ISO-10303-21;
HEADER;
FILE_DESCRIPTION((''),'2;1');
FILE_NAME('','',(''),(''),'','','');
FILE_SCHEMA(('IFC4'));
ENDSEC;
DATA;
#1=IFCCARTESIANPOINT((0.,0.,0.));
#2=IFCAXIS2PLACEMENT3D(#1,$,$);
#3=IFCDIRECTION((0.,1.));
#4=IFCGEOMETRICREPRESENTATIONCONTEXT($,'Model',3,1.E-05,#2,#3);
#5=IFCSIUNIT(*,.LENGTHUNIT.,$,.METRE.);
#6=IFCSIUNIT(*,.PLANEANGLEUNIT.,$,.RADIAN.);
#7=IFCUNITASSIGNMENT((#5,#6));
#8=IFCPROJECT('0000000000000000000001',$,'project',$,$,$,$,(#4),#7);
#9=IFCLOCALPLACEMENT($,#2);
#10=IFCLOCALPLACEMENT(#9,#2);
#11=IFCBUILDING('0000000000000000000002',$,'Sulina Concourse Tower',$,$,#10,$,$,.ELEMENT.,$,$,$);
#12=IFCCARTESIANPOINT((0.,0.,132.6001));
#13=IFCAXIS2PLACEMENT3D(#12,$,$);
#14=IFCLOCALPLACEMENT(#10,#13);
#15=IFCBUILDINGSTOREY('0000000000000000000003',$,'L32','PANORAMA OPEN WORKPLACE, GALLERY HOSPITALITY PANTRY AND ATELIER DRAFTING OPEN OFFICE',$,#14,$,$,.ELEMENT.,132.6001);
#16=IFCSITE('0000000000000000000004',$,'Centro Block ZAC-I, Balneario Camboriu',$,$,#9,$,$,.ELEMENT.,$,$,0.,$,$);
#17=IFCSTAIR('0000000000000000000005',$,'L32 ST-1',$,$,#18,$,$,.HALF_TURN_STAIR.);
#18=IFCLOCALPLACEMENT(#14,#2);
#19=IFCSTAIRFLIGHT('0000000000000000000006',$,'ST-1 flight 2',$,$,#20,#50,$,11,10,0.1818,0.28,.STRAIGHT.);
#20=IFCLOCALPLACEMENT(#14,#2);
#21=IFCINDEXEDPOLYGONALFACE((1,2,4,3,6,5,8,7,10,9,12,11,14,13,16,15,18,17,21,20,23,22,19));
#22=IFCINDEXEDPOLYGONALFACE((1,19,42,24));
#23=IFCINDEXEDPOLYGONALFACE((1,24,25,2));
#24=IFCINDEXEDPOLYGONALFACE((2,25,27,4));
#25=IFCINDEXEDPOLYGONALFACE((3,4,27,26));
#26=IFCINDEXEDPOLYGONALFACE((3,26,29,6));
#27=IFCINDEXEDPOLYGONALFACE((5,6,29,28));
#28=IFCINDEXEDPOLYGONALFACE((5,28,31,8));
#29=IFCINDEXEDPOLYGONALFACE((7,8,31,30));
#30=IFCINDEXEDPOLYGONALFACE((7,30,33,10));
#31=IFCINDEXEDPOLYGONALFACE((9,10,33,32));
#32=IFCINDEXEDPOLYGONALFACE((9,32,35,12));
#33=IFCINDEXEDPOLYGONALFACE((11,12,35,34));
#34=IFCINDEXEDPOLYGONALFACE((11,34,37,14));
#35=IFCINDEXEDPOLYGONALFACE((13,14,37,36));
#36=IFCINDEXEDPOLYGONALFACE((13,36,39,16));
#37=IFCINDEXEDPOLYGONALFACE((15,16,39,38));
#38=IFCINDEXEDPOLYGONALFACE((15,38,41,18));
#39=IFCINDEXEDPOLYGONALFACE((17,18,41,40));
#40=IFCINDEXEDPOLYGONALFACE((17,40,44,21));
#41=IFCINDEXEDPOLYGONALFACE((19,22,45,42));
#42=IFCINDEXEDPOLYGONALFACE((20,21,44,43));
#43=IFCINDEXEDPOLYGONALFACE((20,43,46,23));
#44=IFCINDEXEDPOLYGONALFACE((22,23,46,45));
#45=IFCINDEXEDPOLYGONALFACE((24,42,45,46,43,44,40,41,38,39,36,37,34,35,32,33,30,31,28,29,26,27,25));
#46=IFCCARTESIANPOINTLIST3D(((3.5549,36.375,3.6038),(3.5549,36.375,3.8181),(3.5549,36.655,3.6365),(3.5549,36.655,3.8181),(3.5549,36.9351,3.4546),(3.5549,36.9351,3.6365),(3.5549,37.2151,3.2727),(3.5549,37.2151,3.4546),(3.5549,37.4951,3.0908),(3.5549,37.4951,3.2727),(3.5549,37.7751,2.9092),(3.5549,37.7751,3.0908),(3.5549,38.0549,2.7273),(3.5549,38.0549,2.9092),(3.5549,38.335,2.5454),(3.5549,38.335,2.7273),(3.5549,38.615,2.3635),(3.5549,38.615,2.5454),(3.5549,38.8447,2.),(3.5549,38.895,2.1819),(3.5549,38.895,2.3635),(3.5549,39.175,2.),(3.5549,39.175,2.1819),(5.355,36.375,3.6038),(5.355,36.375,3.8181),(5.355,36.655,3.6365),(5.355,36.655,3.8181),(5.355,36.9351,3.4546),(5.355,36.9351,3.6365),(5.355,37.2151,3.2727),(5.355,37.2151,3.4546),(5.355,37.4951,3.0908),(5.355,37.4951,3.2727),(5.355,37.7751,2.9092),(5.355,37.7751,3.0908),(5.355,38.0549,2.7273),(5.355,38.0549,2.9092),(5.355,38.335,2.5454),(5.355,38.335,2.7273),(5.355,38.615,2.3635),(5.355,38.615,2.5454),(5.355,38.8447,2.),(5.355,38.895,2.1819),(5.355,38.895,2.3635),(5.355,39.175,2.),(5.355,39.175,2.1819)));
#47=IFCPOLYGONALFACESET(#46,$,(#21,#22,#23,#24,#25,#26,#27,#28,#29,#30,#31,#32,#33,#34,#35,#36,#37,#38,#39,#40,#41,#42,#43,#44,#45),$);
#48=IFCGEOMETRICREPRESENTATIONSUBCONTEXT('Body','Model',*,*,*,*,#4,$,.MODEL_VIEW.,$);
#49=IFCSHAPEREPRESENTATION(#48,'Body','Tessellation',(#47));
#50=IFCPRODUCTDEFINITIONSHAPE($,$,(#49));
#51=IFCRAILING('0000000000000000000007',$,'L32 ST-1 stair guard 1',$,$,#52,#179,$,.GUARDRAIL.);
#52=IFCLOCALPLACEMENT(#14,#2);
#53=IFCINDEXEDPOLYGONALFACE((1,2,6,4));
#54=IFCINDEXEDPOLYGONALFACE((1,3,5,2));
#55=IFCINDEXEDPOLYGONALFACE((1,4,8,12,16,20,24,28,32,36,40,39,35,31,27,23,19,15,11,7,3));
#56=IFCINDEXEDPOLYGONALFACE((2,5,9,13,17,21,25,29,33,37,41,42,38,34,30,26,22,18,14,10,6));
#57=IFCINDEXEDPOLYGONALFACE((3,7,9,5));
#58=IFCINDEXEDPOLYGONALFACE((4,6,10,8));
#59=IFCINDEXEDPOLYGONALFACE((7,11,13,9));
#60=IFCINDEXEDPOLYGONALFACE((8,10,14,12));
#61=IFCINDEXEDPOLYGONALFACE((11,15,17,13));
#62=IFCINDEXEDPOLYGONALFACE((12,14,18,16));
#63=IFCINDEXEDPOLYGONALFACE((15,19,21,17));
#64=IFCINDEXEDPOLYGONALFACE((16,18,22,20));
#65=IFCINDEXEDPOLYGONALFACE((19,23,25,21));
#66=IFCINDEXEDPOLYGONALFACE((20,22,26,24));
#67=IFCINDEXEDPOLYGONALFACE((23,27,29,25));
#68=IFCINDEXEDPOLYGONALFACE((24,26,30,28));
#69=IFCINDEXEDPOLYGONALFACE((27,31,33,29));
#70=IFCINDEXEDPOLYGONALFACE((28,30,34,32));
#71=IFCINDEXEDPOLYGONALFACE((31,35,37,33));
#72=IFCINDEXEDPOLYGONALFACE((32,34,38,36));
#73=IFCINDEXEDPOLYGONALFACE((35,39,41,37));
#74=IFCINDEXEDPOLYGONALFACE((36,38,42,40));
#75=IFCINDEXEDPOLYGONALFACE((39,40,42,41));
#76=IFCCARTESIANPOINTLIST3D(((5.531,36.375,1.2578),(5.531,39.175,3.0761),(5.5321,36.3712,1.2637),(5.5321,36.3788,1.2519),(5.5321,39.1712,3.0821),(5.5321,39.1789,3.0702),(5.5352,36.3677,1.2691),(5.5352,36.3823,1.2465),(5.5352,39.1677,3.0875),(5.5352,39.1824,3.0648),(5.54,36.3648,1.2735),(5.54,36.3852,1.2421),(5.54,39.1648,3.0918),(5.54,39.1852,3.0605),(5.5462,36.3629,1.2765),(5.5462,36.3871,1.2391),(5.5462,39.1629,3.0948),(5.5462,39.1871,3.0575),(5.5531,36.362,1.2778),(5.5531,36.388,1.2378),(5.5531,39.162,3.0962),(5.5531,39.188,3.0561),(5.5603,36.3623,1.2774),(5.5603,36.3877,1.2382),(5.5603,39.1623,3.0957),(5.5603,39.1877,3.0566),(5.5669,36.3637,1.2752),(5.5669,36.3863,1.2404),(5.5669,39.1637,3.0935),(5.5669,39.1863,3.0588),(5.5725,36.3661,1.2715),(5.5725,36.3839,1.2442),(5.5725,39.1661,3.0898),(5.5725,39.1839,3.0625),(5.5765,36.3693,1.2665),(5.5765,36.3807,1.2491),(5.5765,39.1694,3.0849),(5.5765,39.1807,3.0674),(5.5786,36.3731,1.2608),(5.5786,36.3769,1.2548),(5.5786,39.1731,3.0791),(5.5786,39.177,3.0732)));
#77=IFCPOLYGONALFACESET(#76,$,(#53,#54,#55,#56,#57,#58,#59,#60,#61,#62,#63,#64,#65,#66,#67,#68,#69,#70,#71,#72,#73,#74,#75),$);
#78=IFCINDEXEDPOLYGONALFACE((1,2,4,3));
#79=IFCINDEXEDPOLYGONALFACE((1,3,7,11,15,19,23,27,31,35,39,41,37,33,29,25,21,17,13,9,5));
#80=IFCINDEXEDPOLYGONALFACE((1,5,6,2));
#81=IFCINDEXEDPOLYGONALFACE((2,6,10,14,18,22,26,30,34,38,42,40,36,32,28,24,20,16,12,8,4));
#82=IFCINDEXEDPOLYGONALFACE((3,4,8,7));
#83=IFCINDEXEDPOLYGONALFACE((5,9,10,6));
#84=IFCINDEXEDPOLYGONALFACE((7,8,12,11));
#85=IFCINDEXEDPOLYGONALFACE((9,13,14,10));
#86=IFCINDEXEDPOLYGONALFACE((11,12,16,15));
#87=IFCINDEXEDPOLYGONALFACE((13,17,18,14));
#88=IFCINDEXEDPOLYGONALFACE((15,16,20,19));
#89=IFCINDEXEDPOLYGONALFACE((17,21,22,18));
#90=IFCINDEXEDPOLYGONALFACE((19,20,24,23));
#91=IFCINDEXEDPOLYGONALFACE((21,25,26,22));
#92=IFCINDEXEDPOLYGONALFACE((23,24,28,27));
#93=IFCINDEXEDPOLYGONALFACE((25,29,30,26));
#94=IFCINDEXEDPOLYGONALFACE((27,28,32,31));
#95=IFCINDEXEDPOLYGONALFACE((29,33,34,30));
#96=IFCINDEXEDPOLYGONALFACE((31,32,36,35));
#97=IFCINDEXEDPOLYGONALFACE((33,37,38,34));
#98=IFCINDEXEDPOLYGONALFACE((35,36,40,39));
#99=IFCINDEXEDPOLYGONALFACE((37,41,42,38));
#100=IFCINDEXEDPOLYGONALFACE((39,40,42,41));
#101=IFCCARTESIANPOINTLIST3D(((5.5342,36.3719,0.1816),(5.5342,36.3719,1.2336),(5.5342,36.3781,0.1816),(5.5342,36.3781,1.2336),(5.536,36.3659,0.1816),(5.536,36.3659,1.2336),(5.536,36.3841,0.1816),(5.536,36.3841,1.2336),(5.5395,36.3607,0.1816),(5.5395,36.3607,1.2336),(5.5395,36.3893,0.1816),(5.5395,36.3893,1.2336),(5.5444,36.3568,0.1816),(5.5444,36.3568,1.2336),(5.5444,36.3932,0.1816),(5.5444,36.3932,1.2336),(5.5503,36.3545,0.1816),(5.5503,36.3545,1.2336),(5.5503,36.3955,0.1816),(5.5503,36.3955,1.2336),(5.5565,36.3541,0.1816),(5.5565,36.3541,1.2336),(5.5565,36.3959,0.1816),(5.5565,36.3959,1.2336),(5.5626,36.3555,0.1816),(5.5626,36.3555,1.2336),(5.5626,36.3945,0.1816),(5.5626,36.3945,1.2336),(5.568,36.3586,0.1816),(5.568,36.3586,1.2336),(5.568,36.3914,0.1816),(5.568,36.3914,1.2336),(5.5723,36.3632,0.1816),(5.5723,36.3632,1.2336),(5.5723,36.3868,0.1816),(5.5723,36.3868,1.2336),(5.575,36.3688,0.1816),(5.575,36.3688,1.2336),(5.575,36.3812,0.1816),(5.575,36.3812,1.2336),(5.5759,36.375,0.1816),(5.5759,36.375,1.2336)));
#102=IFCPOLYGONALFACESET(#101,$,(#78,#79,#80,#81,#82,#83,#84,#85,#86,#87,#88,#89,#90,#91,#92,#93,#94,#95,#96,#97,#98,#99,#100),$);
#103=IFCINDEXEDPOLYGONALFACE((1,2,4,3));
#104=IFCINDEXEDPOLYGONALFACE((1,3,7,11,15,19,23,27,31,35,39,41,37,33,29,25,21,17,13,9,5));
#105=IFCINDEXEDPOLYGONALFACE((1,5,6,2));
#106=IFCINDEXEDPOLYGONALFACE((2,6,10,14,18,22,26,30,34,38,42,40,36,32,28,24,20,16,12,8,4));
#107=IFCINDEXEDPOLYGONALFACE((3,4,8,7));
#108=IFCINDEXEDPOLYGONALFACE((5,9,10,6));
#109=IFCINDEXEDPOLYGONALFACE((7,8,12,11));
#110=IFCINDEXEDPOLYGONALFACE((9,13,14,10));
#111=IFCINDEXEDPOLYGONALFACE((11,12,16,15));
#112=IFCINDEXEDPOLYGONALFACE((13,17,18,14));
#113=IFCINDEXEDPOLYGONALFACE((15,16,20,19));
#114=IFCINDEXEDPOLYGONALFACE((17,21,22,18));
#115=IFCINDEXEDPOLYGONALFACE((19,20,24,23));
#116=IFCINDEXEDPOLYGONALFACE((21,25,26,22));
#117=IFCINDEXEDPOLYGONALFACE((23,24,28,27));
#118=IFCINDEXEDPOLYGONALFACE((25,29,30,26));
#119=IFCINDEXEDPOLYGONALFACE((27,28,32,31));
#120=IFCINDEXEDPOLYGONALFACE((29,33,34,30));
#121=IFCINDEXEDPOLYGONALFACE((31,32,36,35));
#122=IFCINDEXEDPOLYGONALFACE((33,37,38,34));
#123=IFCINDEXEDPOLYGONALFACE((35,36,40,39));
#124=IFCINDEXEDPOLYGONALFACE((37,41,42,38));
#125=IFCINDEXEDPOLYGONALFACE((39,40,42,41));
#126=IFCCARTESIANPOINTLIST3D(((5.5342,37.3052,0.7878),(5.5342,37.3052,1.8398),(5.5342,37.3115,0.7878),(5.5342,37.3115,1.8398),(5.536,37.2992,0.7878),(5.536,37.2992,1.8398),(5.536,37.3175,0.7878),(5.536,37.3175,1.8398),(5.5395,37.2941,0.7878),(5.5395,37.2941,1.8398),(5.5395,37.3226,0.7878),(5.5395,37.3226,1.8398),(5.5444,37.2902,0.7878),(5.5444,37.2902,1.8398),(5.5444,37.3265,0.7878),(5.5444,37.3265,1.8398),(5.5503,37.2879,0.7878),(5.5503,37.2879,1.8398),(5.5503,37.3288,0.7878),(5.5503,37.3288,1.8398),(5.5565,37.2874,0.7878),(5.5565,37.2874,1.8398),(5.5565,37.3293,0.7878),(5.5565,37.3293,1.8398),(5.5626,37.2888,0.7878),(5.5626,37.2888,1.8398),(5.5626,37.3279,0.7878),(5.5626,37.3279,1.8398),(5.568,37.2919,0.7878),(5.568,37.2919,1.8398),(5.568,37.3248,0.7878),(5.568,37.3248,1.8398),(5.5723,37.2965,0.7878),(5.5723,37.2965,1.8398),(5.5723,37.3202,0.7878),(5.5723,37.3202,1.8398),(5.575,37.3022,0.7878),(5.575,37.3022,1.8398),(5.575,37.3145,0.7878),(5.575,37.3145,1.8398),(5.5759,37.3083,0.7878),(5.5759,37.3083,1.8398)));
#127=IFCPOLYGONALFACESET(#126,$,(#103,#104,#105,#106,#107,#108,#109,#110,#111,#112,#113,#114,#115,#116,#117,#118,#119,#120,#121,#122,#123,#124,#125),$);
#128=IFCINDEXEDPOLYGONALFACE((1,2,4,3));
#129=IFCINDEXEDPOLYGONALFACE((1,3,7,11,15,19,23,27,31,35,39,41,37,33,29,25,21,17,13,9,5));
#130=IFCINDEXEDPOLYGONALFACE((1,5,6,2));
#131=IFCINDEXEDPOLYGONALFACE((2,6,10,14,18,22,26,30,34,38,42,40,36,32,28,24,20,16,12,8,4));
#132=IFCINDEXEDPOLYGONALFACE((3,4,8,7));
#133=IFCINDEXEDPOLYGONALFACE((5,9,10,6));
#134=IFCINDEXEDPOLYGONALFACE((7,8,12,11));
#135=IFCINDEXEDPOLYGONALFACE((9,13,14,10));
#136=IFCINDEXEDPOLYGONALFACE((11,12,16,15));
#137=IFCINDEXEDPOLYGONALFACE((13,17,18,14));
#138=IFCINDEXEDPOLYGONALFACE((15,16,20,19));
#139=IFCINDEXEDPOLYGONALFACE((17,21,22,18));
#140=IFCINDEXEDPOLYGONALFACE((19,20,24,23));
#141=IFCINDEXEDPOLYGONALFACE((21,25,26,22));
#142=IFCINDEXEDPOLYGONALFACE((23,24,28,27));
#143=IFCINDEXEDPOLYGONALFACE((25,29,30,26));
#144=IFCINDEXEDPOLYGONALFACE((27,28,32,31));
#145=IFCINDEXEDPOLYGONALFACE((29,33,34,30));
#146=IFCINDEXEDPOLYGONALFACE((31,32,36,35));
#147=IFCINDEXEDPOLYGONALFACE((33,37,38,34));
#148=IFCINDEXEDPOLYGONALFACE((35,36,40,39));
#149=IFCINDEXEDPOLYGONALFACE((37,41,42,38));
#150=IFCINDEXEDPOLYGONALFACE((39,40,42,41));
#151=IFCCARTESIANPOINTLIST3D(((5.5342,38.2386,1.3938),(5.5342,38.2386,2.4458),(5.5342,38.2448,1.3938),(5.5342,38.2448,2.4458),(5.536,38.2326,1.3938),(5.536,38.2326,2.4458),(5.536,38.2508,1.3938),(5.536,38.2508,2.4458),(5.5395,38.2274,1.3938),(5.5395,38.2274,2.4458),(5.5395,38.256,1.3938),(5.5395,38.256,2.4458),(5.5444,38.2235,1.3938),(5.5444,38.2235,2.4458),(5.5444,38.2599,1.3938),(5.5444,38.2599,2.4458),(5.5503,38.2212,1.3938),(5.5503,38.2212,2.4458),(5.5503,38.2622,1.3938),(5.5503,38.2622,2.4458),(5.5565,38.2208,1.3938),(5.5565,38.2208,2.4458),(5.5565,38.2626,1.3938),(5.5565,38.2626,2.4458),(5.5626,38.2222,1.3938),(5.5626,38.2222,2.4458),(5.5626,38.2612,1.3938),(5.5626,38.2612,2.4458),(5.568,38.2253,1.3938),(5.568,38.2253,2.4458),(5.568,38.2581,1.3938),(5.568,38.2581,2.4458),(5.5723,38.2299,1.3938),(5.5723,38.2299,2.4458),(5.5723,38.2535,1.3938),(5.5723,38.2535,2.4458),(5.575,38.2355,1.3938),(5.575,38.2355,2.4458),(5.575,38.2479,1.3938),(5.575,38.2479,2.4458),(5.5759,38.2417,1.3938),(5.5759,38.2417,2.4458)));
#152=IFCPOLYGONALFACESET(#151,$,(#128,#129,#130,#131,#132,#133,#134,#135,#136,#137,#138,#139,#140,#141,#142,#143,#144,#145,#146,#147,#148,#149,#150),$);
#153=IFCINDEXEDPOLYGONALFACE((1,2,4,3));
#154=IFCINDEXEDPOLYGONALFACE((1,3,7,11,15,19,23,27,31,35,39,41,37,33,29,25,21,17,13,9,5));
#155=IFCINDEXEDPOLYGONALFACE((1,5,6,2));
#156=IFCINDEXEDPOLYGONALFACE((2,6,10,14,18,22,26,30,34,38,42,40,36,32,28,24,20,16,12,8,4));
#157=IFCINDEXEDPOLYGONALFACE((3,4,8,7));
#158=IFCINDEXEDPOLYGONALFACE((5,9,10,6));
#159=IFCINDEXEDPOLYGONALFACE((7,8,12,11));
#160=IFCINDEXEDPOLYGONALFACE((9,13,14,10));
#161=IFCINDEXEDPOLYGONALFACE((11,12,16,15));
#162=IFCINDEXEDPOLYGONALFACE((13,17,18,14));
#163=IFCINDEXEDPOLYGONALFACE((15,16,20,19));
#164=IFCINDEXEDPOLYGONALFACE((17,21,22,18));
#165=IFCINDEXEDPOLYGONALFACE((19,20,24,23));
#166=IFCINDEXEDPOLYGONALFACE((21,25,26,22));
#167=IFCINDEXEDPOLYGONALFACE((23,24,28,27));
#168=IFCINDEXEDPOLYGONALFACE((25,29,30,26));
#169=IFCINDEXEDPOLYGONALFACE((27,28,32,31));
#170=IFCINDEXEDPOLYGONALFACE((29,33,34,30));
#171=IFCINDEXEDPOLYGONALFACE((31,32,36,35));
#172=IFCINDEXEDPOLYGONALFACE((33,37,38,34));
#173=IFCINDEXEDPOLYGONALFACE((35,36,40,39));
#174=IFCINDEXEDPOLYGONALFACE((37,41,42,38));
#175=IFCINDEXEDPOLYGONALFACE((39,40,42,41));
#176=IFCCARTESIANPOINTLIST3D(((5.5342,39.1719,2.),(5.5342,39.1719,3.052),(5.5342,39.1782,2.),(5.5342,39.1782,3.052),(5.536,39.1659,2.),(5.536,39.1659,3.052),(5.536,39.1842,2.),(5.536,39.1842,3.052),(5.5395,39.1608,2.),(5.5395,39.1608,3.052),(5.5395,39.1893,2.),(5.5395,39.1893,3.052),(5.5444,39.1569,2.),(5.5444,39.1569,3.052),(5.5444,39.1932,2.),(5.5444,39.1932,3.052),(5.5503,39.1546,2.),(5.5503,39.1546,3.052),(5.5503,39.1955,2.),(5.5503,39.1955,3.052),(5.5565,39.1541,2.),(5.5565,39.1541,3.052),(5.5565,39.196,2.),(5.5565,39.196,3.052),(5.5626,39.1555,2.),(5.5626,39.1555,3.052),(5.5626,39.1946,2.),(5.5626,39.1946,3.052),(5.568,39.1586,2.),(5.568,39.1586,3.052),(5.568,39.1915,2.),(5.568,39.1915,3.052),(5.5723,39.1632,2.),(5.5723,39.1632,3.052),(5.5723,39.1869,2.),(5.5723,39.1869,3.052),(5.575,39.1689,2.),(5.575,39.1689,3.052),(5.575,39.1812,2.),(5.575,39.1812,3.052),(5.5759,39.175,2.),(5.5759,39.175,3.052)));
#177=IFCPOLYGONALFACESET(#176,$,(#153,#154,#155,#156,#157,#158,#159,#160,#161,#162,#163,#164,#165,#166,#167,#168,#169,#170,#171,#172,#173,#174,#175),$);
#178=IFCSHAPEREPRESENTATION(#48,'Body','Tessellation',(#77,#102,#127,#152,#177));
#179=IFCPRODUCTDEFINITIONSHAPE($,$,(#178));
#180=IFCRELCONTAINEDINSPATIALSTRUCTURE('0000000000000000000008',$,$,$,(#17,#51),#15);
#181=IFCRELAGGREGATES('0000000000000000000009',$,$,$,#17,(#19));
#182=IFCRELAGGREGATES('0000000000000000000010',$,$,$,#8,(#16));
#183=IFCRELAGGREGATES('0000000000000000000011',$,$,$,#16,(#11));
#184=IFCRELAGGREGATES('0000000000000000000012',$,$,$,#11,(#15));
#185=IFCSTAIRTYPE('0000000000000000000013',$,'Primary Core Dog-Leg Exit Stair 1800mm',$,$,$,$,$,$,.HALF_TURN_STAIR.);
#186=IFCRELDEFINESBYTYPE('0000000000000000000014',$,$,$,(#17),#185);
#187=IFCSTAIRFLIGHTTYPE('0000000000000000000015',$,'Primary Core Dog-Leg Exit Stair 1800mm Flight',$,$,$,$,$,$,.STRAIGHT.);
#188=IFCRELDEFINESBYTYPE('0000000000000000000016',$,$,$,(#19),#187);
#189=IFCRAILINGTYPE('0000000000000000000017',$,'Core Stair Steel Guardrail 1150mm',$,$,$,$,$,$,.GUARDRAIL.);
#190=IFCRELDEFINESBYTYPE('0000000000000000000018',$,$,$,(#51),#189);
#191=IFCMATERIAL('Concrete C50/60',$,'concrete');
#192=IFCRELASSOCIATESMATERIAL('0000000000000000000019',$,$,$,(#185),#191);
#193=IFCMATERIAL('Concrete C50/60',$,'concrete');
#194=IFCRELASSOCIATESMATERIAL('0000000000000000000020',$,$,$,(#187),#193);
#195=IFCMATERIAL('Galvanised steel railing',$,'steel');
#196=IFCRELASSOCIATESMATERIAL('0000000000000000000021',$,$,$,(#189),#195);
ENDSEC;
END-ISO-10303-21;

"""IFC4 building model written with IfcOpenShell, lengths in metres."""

from ifc_helpers import new_model, si_unit, direction, frame, origin, origin_2d, place, context, subcontext, project, spatial, polyline, circle, outline, extrude, material, type_object, element, aggregate, save


model = new_model("IFC4")

# Units and contexts
model_context = context("Model", 3, precision=1e-05, world=origin(), true_north=direction((0.0, 1.0)))
body_context = subcontext(model_context, "Body", "Model", "MODEL_VIEW")
ifc_project = project(units=[si_unit("LENGTHUNIT", "METRE"), si_unit("PLANEANGLEUNIT", "RADIAN")], contexts=[model_context])

# Site, building, storey
site_placement = place(None, origin())
site = spatial("IfcSite", under=ifc_project, at=site_placement, Name="Centro Block ZAC-I, Balneario Camboriu", CompositionType="ELEMENT", RefElevation=0.0)
building_placement = place(site_placement, origin())
building = spatial("IfcBuilding", under=site, at=building_placement, Name="Sulina Concourse Tower", CompositionType="ELEMENT")
storey_placement = place(building_placement, frame((0.0, 0.0, 132.6001)))
storey = spatial("IfcBuildingStorey", under=building, at=storey_placement, Name="L32", Description="PANORAMA OPEN WORKPLACE, GALLERY HOSPITALITY PANTRY AND ATELIER DRAFTING OPEN OFFICE", CompositionType="ELEMENT", Elevation=132.6001)

# Stair, stair flight
ifc_material_1 = material(Name="Concrete C50/60", Category="concrete")
stair_type = type_object("IfcStairType", Name="Primary Core Dog-Leg Exit Stair 1800mm", PredefinedType="HALF_TURN_STAIR", material=ifc_material_1)
stair_placement = place(storey_placement, origin())
stair = element("IfcStair", 1, at=stair_placement, inside=storey, type_object=stair_type, Name="L32 ST-1", PredefinedType="HALF_TURN_STAIR")
ifc_material_2 = material(Name="Concrete C50/60", Category="concrete")
stair_flight_type = type_object("IfcStairFlightType", Name="Primary Core Dog-Leg Exit Stair 1800mm Flight", PredefinedType="STRAIGHT", material=ifc_material_2)
stair_flight_1_placement = place(storey_placement, frame((4.4551, 39.175, 2.0), z_axis=(0.0, 0.0, 1.0), x_axis=(0.0, -1.0, 0.0)))
stair_flight_1 = element("IfcStairFlight", 2, at=stair_flight_1_placement, type_object=stair_flight_type, Name="ST-1 flight 2", NumberOfRisers=11, NumberOfTreads=10, PredefinedType="STRAIGHT", RiserHeight=0.1818, TreadLength=0.28, context=body_context, shape_type="SweptSolid", body=[
    extrude(outline(polyline([(0.0, 0.0), (0.0, 0.1819), (0.28, 0.1819), (0.28, 0.3635), (0.5601, 0.3635), (0.5601, 0.5454), (0.8401, 0.5454), (0.8401, 0.7273), (1.1201, 0.7273), (1.1201, 0.9092), (1.3999, 0.9092), (1.3999, 1.0908), (1.6799, 1.0908), (1.6799, 1.2727), (1.96, 1.2727), (1.96, 1.4546), (2.24, 1.4546), (2.24, 1.6365), (2.52, 1.6365), (2.52, 1.8181), (2.8, 1.8181), (2.8, 2.0), (2.8, 1.6038), (0.3303, 0.0), (0.0, 0.0)])), frame((0.0, 0.8999, 0.0), z_axis=(0.0, -1.0, 0.0), x_axis=(1.0, 0.0, 0.0)), (0.0, 0.0, 1.0), 1.8),
])
aggregate(stair, [stair_flight_1])

# Railing
ifc_material_3 = material(Name="Galvanised steel railing", Category="steel")
railing_type_1 = type_object("IfcRailingType", Name="Core Stair Steel Guardrail 1150mm", PredefinedType="GUARDRAIL", material=ifc_material_3)
railing_1_placement = place(storey_placement, frame((5.5549, 36.375, 0.1816)))
element("IfcRailing", 3, at=railing_1_placement, inside=storey, type_object=railing_type_1, Name="L32 ST-1 stair guard 1", PredefinedType="GUARDRAIL", context=body_context, shape_type="SweptSolid", body=[
    extrude(circle(Radius=0.0239, at=origin_2d()), frame((0.0, 0.0, 1.0762), z_axis=(0.0, 0.838672, 0.544636), x_axis=(-1.0, 0.0, 0.0)), (0.0, 0.0, 1.0), 3.3386),
    extrude(circle(Radius=0.021, at=origin_2d()), origin(), (0.0, 0.0, 1.0), 1.052),
    extrude(circle(Radius=0.021, at=origin_2d()), frame((0.0, 0.9333, 0.6062)), (0.0, 0.0, 1.0), 1.052),
    extrude(circle(Radius=0.021, at=origin_2d()), frame((0.0, 1.8667, 1.2122)), (0.0, 0.0, 1.0), 1.052),
    extrude(circle(Radius=0.021, at=origin_2d()), frame((0.0, 2.8, 1.8184)), (0.0, 0.0, 1.0), 1.052),
])

save(model, "model.ifc")
